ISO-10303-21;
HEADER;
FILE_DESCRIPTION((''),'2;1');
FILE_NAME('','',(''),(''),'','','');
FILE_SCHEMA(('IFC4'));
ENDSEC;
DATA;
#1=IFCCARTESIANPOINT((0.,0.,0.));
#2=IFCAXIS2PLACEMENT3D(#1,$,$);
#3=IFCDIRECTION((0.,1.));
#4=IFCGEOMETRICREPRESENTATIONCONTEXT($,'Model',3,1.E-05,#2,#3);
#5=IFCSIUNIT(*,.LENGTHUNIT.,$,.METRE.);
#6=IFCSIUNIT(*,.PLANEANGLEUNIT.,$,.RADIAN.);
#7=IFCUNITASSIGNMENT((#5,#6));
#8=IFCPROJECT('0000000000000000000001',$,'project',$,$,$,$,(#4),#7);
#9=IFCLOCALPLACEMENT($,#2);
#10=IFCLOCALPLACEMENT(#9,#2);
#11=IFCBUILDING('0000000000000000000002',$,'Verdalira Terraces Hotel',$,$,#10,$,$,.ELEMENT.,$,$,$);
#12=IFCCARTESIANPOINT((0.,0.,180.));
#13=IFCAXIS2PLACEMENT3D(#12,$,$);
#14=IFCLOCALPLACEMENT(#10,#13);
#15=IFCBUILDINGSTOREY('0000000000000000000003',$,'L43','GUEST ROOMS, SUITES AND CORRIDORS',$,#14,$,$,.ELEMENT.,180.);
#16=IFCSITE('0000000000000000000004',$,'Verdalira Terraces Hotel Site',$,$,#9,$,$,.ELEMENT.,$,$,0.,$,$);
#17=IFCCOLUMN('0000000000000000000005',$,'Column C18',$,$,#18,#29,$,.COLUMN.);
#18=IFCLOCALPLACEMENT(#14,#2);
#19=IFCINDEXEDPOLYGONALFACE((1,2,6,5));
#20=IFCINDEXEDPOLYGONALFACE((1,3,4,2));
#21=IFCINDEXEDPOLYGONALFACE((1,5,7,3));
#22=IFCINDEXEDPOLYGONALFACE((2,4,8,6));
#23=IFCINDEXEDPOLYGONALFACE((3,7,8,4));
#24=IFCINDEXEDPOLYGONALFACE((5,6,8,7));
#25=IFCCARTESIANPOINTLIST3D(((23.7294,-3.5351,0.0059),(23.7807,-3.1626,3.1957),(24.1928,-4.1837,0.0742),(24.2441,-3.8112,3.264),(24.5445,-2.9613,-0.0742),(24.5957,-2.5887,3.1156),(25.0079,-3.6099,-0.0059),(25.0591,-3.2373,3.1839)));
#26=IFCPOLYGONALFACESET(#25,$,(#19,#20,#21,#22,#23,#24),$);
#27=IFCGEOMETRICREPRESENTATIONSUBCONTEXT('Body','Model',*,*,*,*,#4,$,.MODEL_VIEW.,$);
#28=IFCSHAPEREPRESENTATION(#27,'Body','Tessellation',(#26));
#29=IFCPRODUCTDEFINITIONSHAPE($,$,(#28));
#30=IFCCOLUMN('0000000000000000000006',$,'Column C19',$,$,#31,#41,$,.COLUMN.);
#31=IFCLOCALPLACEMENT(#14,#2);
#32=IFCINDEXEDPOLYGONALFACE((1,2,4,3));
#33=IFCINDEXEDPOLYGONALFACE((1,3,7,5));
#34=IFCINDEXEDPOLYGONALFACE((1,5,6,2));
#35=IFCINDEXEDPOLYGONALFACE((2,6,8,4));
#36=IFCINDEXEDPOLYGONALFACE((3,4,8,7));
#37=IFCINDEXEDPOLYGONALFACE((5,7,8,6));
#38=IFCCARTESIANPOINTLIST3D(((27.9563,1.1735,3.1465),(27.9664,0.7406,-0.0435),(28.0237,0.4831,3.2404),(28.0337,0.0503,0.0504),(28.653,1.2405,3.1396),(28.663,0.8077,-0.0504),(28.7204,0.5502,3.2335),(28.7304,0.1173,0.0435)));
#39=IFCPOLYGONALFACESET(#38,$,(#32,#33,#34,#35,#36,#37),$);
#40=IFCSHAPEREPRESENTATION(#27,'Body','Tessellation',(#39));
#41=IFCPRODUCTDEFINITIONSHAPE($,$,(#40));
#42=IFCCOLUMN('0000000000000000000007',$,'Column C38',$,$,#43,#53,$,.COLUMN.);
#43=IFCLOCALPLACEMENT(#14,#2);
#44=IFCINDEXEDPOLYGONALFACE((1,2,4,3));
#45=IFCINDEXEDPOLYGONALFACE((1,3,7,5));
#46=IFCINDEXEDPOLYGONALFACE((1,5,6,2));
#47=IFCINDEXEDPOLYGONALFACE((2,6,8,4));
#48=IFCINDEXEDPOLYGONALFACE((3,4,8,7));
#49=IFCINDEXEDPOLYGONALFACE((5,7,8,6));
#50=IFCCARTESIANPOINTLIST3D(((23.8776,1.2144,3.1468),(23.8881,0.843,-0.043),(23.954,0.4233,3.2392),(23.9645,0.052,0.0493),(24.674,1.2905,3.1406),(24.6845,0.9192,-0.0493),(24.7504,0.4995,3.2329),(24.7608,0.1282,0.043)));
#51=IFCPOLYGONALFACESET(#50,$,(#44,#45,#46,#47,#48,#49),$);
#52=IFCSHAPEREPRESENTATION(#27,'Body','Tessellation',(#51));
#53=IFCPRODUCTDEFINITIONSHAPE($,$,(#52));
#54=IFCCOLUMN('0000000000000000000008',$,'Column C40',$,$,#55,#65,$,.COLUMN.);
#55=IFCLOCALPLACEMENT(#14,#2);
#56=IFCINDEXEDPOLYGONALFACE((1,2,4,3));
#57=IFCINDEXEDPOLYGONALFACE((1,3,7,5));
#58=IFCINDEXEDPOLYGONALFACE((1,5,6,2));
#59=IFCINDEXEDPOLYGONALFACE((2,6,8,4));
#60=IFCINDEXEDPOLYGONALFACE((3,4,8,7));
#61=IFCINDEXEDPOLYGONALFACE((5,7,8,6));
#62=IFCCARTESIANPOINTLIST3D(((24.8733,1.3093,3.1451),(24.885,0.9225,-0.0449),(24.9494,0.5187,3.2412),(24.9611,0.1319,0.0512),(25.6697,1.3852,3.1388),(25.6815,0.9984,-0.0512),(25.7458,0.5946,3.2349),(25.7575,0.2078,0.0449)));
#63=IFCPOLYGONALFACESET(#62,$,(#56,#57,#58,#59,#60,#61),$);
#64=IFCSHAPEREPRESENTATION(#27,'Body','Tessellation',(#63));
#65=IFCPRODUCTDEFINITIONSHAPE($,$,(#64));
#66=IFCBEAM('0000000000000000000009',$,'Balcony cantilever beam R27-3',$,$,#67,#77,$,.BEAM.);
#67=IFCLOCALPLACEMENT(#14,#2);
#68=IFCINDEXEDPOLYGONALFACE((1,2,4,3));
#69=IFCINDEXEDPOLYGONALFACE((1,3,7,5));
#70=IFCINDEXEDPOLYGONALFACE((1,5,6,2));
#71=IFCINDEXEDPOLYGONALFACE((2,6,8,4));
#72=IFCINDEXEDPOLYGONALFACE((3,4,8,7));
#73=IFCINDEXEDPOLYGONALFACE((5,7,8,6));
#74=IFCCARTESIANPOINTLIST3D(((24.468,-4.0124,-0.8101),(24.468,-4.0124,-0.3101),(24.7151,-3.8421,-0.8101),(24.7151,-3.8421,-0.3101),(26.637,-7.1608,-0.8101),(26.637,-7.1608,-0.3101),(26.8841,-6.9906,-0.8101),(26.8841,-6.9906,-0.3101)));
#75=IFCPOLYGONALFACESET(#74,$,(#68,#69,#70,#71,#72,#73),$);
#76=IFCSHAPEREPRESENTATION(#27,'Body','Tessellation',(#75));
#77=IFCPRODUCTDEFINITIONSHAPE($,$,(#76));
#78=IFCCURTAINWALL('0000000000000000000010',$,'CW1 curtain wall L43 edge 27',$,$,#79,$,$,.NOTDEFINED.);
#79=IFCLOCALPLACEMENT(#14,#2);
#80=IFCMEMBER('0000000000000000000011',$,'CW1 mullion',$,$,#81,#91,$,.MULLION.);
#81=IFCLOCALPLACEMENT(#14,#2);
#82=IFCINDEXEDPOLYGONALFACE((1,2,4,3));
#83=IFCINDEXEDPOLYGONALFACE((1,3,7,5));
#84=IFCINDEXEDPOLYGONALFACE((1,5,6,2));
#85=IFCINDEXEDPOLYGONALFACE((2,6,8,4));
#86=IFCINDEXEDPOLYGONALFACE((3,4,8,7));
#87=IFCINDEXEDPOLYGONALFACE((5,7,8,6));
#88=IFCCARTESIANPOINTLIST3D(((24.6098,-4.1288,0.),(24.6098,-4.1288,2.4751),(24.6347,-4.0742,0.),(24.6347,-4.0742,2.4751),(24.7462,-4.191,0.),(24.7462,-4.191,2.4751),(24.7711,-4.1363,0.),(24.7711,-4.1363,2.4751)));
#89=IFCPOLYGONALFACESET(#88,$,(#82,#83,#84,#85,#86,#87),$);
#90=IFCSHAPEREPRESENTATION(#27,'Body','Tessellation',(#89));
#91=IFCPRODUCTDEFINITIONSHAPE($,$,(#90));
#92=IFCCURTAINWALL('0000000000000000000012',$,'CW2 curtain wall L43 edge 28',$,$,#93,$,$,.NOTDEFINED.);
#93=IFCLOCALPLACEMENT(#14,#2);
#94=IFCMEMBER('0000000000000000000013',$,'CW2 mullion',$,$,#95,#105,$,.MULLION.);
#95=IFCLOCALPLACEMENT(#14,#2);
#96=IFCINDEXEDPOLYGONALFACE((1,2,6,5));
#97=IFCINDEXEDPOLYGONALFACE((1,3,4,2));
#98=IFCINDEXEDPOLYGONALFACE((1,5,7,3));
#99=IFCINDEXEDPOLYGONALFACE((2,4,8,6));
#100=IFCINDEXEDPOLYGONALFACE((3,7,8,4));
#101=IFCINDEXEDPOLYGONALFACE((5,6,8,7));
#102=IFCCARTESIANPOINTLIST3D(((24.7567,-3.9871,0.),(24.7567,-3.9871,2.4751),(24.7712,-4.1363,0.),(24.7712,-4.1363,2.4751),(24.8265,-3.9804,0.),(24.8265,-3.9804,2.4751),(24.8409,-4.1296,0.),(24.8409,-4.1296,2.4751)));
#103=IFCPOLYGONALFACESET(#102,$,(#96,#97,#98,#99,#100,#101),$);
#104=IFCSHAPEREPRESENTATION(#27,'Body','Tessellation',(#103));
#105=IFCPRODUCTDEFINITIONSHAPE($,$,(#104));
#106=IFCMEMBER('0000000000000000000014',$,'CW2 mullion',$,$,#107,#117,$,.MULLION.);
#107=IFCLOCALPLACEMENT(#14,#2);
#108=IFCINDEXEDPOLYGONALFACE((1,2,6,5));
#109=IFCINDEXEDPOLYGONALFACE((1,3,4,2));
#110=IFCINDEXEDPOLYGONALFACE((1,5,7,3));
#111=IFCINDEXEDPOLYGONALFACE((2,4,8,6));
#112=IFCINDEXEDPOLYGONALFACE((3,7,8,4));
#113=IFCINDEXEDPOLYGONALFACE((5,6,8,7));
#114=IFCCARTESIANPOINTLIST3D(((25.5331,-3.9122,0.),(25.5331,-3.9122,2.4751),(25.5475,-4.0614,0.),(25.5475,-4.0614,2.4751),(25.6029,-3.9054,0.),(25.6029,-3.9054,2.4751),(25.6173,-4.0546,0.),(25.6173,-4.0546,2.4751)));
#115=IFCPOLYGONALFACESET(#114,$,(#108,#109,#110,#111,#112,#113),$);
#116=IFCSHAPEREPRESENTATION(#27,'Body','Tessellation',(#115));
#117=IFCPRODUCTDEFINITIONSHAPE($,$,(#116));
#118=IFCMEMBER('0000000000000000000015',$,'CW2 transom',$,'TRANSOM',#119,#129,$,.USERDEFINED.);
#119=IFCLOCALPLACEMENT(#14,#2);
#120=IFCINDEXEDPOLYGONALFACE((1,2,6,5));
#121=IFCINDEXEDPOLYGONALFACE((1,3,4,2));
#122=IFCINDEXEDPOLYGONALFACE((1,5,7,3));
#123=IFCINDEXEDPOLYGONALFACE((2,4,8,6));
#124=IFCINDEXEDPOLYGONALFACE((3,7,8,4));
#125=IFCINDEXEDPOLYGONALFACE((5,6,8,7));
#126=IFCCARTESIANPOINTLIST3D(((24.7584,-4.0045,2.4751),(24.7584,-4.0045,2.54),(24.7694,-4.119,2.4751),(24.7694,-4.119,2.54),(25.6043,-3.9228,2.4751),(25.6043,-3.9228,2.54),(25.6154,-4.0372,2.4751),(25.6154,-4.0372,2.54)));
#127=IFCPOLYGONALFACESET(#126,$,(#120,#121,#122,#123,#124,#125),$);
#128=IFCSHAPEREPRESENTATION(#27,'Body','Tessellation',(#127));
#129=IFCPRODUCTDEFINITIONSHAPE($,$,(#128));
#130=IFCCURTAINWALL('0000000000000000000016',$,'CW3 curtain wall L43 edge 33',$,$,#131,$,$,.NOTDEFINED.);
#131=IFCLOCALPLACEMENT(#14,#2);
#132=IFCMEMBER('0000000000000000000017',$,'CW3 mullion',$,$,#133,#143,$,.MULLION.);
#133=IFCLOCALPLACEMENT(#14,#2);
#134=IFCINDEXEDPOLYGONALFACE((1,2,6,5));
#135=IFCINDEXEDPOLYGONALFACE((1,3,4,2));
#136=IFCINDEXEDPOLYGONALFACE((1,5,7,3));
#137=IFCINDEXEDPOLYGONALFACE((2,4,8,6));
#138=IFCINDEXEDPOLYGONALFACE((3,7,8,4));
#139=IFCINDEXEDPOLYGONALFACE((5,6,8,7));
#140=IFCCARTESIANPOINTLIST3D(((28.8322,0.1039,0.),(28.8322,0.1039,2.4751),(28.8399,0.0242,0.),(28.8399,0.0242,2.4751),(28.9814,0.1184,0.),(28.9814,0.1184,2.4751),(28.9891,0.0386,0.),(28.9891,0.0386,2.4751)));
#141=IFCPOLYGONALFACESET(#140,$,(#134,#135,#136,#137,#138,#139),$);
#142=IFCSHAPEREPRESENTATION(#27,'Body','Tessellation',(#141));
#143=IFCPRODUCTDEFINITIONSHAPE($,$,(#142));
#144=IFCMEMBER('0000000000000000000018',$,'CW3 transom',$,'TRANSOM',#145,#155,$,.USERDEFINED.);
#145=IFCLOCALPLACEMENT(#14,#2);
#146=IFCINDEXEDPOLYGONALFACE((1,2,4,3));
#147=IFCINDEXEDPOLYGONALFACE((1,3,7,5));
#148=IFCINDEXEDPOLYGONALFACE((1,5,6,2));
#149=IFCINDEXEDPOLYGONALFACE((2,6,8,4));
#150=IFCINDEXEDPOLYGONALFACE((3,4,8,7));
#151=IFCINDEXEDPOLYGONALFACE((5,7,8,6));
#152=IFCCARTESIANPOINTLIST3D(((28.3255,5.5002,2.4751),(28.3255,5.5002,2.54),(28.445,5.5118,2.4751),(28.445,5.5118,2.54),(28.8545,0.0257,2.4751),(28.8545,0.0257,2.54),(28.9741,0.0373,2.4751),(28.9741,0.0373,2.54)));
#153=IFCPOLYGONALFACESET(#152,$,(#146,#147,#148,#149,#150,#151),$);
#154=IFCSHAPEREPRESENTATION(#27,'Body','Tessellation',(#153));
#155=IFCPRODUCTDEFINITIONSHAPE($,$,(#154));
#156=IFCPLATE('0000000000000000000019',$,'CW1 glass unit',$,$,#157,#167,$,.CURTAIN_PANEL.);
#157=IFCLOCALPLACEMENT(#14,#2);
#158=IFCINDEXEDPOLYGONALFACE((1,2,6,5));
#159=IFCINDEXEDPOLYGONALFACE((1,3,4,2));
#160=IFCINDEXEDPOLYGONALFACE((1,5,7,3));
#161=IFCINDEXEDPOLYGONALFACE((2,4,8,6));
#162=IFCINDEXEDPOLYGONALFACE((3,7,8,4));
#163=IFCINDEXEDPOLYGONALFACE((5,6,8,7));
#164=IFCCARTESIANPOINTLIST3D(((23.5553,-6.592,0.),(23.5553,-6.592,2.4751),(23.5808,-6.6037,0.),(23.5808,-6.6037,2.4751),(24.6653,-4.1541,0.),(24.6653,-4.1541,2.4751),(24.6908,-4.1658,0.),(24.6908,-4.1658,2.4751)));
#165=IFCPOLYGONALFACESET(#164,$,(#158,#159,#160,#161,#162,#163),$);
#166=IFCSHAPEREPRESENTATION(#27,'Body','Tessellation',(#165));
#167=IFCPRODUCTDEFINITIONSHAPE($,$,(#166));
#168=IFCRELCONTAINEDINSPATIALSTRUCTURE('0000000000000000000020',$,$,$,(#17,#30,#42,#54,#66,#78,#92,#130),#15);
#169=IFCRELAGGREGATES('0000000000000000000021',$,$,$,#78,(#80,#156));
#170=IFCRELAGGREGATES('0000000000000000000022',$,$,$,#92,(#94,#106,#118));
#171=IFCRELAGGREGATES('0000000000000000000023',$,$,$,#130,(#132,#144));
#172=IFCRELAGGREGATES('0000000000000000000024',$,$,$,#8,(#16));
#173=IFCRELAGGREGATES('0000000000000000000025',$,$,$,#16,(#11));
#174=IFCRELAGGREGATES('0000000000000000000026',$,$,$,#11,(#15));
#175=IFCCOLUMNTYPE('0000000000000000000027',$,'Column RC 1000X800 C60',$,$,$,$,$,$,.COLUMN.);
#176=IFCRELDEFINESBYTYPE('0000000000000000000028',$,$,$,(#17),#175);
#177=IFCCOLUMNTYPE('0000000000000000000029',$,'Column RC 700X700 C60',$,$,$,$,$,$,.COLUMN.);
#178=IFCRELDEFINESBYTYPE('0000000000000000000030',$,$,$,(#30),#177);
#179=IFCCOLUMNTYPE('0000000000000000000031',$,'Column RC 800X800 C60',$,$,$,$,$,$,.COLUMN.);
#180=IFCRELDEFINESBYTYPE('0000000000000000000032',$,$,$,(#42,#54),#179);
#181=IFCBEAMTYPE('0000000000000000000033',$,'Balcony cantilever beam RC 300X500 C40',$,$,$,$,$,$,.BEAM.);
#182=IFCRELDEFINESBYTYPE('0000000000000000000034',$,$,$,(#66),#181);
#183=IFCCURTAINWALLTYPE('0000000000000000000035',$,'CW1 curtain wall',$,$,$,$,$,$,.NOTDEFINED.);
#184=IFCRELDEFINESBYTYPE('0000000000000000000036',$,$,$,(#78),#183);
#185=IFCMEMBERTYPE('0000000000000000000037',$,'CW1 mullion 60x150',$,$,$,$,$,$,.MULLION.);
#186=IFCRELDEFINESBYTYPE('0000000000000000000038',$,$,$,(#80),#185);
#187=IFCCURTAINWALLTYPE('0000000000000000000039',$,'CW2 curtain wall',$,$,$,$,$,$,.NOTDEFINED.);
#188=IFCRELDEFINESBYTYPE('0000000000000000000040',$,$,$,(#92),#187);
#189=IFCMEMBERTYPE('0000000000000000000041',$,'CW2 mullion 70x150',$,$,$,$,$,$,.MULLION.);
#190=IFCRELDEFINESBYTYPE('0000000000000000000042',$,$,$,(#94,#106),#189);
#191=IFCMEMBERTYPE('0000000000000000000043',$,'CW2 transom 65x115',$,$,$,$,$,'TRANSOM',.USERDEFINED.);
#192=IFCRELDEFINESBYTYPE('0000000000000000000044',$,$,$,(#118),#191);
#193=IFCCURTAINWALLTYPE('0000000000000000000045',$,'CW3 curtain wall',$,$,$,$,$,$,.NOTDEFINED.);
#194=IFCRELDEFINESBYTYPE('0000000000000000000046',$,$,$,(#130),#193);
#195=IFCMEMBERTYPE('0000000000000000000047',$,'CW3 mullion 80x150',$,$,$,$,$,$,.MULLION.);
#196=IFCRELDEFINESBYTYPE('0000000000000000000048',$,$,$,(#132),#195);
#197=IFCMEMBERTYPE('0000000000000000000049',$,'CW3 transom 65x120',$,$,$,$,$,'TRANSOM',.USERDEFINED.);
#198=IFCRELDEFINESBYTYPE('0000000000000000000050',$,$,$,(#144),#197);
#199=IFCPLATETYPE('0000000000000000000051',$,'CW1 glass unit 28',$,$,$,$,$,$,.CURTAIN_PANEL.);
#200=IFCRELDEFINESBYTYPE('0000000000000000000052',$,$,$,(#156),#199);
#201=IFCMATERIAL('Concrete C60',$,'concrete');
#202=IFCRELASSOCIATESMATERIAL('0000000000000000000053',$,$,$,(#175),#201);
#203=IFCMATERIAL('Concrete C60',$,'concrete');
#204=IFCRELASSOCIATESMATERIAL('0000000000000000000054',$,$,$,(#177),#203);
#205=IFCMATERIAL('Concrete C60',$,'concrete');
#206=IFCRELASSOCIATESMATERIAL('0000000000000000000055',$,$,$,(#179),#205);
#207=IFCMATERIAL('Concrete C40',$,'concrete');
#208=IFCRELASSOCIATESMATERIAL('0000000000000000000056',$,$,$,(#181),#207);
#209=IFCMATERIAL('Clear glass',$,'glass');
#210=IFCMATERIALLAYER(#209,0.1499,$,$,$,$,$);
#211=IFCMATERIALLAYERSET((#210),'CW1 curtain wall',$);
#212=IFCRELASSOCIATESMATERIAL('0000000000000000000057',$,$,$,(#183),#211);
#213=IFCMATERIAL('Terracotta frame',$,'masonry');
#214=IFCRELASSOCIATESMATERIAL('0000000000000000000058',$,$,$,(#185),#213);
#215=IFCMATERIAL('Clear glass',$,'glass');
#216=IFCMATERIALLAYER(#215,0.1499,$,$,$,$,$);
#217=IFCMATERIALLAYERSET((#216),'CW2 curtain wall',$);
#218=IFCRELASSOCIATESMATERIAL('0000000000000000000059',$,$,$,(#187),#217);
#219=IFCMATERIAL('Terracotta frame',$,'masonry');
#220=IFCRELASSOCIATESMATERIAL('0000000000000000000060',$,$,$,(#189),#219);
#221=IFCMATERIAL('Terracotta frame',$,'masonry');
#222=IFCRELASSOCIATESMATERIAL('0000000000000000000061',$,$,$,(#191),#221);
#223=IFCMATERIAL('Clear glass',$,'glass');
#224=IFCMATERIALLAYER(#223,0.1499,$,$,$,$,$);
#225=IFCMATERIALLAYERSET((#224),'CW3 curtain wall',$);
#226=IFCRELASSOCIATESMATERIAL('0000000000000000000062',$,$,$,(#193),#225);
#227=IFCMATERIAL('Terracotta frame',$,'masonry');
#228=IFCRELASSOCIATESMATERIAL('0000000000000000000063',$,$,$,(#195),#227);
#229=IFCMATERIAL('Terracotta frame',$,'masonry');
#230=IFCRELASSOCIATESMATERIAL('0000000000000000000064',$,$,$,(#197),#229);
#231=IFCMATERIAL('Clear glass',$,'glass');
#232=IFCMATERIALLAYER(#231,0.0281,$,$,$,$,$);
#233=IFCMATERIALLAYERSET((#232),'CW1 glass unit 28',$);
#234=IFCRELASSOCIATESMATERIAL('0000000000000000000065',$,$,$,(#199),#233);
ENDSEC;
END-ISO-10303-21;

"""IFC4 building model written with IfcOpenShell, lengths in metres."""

from ifc_helpers import new_model, si_unit, direction, frame, origin, origin_2d, place, context, subcontext, project, spatial, rectangle, extrude, material, layer, layer_set, material_profile, profile_set, type_object, element, aggregate, save


model = new_model("IFC4")

# Units and contexts
model_context = context("Model", 3, precision=1e-05, world=origin(), true_north=direction((0.0, 1.0)))
body_context = subcontext(model_context, "Body", "Model", "MODEL_VIEW")
ifc_project = project(units=[si_unit("LENGTHUNIT", "METRE"), si_unit("PLANEANGLEUNIT", "RADIAN")], contexts=[model_context])

# Site, building, storey
site_placement = place(None, origin())
site = spatial("IfcSite", under=ifc_project, at=site_placement, Name="Verdalira Terraces Hotel Site", CompositionType="ELEMENT", RefElevation=0.0)
building_placement = place(site_placement, origin())
building = spatial("IfcBuilding", under=site, at=building_placement, Name="Verdalira Terraces Hotel", CompositionType="ELEMENT")
storey_placement = place(building_placement, frame((0.0, 0.0, 180.0)))
storey = spatial("IfcBuildingStorey", under=building, at=storey_placement, Name="L43", Description="GUEST ROOMS, SUITES AND CORRIDORS", CompositionType="ELEMENT", Elevation=180.0)

# Columns
ifc_material_1 = material(Name="Concrete C60", Category="concrete")
ifc_material_profile_1 = material_profile(ifc_material_1, rectangle(XDim=1.0, YDim=0.8, at=origin_2d()), Name="RC 1000X800")
ifc_profile_set_1 = profile_set([ifc_material_profile_1], Name="Concrete C60")
column_type_1 = type_object("IfcColumnType", Name="Column RC 1000X800 C60", PredefinedType="COLUMN", material=ifc_profile_set_1)
column_1_placement = place(storey_placement, frame((24.3687, -3.5725, 0.0), z_axis=(0.015962, 0.115988, 0.993122), x_axis=(-0.815018, -0.57387, 0.080122)))
element("IfcColumn", 1, at=column_1_placement, inside=storey, type_object=column_type_1, Name="Column C18", PredefinedType="COLUMN", context=body_context, shape_type="SweptSolid", body=[
    extrude(rectangle(XDim=1.0, YDim=0.8, at=origin_2d()), origin(), (0.0, 0.0, 1.0), 3.2119),
])
ifc_material_2 = material(Name="Concrete C60", Category="concrete")
ifc_material_profile_2 = material_profile(ifc_material_2, rectangle(XDim=0.7, YDim=0.7, at=origin_2d()), Name="RC 700X700")
ifc_profile_set_2 = profile_set([ifc_material_profile_2], Name="Concrete C60")
column_type_2 = type_object("IfcColumnType", Name="Column RC 700X700 C60", PredefinedType="COLUMN", material=ifc_profile_set_2)
column_2_placement = place(storey_placement, frame((28.3484, 0.429, 0.0), z_axis=(-0.003109, 0.134463, 0.990914), x_axis=(-0.096262, 0.986276, -0.134136)))
element("IfcColumn", 2, at=column_2_placement, inside=storey, type_object=column_type_2, Name="Column C19", PredefinedType="COLUMN", context=body_context, shape_type="SweptSolid", body=[
    extrude(rectangle(XDim=0.7, YDim=0.7, at=origin_2d()), origin(), (0.0, 0.0, 1.0), 3.2192),
])
ifc_material_3 = material(Name="Concrete C60", Category="concrete")
ifc_material_profile_3 = material_profile(ifc_material_3, rectangle(XDim=0.8, YDim=0.8, at=origin_2d()), Name="RC 800X800")
ifc_profile_set_3 = profile_set([ifc_material_profile_3], Name="Concrete C60")
column_type_3 = type_object("IfcColumnType", Name="Column RC 800X800 C60", PredefinedType="COLUMN", material=ifc_profile_set_3)
column_3_placement = place(storey_placement, frame((24.3245, 0.4856, 0.0), z_axis=(-0.003269, 0.115628, 0.993287), x_axis=(0.995427, 0.09521, -0.007807)))
element("IfcColumn", 3, at=column_3_placement, inside=storey, type_object=column_type_3, Name="Column C38", PredefinedType="COLUMN", context=body_context, shape_type="SweptSolid", body=[
    extrude(rectangle(XDim=0.8, YDim=0.8, at=origin_2d()), origin(), (0.0, 0.0, 1.0), 3.2114),
])
column_4_placement = place(storey_placement, frame((25.3213, 0.5652, 0.0), z_axis=(-0.003647, 0.120349, 0.992725), x_axis=(0.995461, 0.094848, -0.007841)))
element("IfcColumn", 4, at=column_4_placement, inside=storey, type_object=column_type_3, Name="Column C40", PredefinedType="COLUMN", context=body_context, shape_type="SweptSolid", body=[
    extrude(rectangle(XDim=0.8, YDim=0.8, at=origin_2d()), origin(), (0.0, 0.0, 1.0), 3.2134),
])

# Beam
ifc_material_4 = material(Name="Concrete C40", Category="concrete")
ifc_material_profile_4 = material_profile(ifc_material_4, rectangle(XDim=0.3, YDim=0.5, at=origin_2d()), Name="RC 300X500")
ifc_profile_set_4 = profile_set([ifc_material_profile_4], Name="Concrete C40")
beam_type = type_object("IfcBeamType", Name="Balcony cantilever beam RC 300X500 C40", PredefinedType="BEAM", material=ifc_profile_set_4)
beam_placement = place(storey_placement, frame((24.5916, -3.9272, -0.5601), z_axis=(0.567309, -0.823505, 0.0), x_axis=(0.823505, 0.567309, 0.0)))
element("IfcBeam", 5, at=beam_placement, inside=storey, type_object=beam_type, Name="Balcony cantilever beam R27-3", PredefinedType="BEAM", context=body_context, shape_type="SweptSolid", body=[
    extrude(rectangle(XDim=0.3, YDim=0.5, at=origin_2d()), origin(), (0.0, 0.0, 1.0), 3.8232),
])

# Curtain wall, member
ifc_material_5 = material(Name="Clear glass", Category="glass")
ifc_layer_1 = layer(ifc_material_5, 0.1499)
ifc_layer_set_1 = layer_set([ifc_layer_1], Name="CW1 curtain wall")
curtain_wall_type_1 = type_object("IfcCurtainWallType", Name="CW1 curtain wall", PredefinedType="NOTDEFINED", material=ifc_layer_set_1)
curtain_wall_1_placement = place(storey_placement, origin())
curtain_wall_1 = element("IfcCurtainWall", 6, at=curtain_wall_1_placement, inside=storey, type_object=curtain_wall_type_1, Name="CW1 curtain wall L43 edge 27", PredefinedType="NOTDEFINED")
ifc_material_6 = material(Name="Terracotta frame", Category="masonry")
ifc_material_profile_5 = material_profile(ifc_material_6, rectangle(XDim=0.0601, YDim=0.1499, at=origin_2d()), Name="MU 60x150")
ifc_profile_set_5 = profile_set([ifc_material_profile_5], Name="Terracotta frame")
member_type_1 = type_object("IfcMemberType", Name="CW1 mullion 60x150", PredefinedType="MULLION", material=ifc_profile_set_5)
member_1_placement = place(storey_placement, frame((24.6904, -4.1326, 0.0), z_axis=(0.0, 0.0, 1.0), x_axis=(0.414376, 0.910106, 0.0)))
member_1 = element("IfcMember", 7, at=member_1_placement, type_object=member_type_1, Name="CW1 mullion", PredefinedType="MULLION", context=body_context, shape_type="SweptSolid", body=[
    extrude(rectangle(XDim=0.0601, YDim=0.1499, at=origin_2d()), origin(), (0.0, 0.0, 1.0), 2.4751),
])

# Curtain walls, members
ifc_material_7 = material(Name="Clear glass", Category="glass")
ifc_layer_2 = layer(ifc_material_7, 0.1499)
ifc_layer_set_2 = layer_set([ifc_layer_2], Name="CW2 curtain wall")
curtain_wall_type_2 = type_object("IfcCurtainWallType", Name="CW2 curtain wall", PredefinedType="NOTDEFINED", material=ifc_layer_set_2)
curtain_wall_2_placement = place(storey_placement, origin())
curtain_wall_2 = element("IfcCurtainWall", 8, at=curtain_wall_2_placement, inside=storey, type_object=curtain_wall_type_2, Name="CW2 curtain wall L43 edge 28", PredefinedType="NOTDEFINED")
ifc_material_8 = material(Name="Terracotta frame", Category="masonry")
ifc_material_profile_6 = material_profile(ifc_material_8, rectangle(XDim=0.0701, YDim=0.1499, at=origin_2d()), Name="MU 70x150")
ifc_profile_set_6 = profile_set([ifc_material_profile_6], Name="Terracotta frame")
member_type_2 = type_object("IfcMemberType", Name="CW2 mullion 70x150", PredefinedType="MULLION", material=ifc_profile_set_6)
member_2_placement = place(storey_placement, frame((24.7988, -4.0583, 0.0), z_axis=(0.0, 0.0, 1.0), x_axis=(0.995363, 0.096193, 0.0)))
member_2 = element("IfcMember", 9, at=member_2_placement, type_object=member_type_2, Name="CW2 mullion", PredefinedType="MULLION", context=body_context, shape_type="SweptSolid", body=[
    extrude(rectangle(XDim=0.0701, YDim=0.1499, at=origin_2d()), origin(), (0.0, 0.0, 1.0), 2.4751),
])
member_3_placement = place(storey_placement, frame((25.5752, -3.9834, 0.0), z_axis=(0.0, 0.0, 1.0), x_axis=(0.995363, 0.096193, 0.0)))
member_3 = element("IfcMember", 10, at=member_3_placement, type_object=member_type_2, Name="CW2 mullion", PredefinedType="MULLION", context=body_context, shape_type="SweptSolid", body=[
    extrude(rectangle(XDim=0.0701, YDim=0.1499, at=origin_2d()), origin(), (0.0, 0.0, 1.0), 2.4751),
])
ifc_material_9 = material(Name="Terracotta frame", Category="masonry")
ifc_material_profile_7 = material_profile(ifc_material_9, rectangle(XDim=0.115, YDim=0.0649, at=origin_2d()), Name="TR 65x115")
ifc_profile_set_7 = profile_set([ifc_material_profile_7], Name="Terracotta frame")
member_type_3 = type_object("IfcMemberType", Name="CW2 transom 65x115", ElementType="TRANSOM", PredefinedType="USERDEFINED", material=ifc_profile_set_7)
member_4_placement = place(storey_placement, frame((24.7639, -4.0618, 2.5076), z_axis=(0.995359, 0.096232, 0.0), x_axis=(-0.096232, 0.995359, 0.0)))
member_4 = element("IfcMember", 11, at=member_4_placement, type_object=member_type_3, Name="CW2 transom", ObjectType="TRANSOM", PredefinedType="USERDEFINED", context=body_context, shape_type="SweptSolid", body=[
    extrude(rectangle(XDim=0.115, YDim=0.0649, at=origin_2d()), origin(), (0.0, 0.0, 1.0), 0.8499),
])
ifc_material_10 = material(Name="Clear glass", Category="glass")
ifc_layer_3 = layer(ifc_material_10, 0.1499)
ifc_layer_set_3 = layer_set([ifc_layer_3], Name="CW3 curtain wall")
curtain_wall_type_3 = type_object("IfcCurtainWallType", Name="CW3 curtain wall", PredefinedType="NOTDEFINED", material=ifc_layer_set_3)
curtain_wall_3_placement = place(storey_placement, origin())
curtain_wall_3 = element("IfcCurtainWall", 12, at=curtain_wall_3_placement, inside=storey, type_object=curtain_wall_type_3, Name="CW3 curtain wall L43 edge 33", PredefinedType="NOTDEFINED")
ifc_material_11 = material(Name="Terracotta frame", Category="masonry")
ifc_material_profile_8 = material_profile(ifc_material_11, rectangle(XDim=0.0801, YDim=0.1499, at=origin_2d()), Name="MU 80x150")
ifc_profile_set_8 = profile_set([ifc_material_profile_8], Name="Terracotta frame")
member_type_4 = type_object("IfcMemberType", Name="CW3 mullion 80x150", PredefinedType="MULLION", material=ifc_profile_set_8)
member_5_placement = place(storey_placement, frame((28.9106, 0.0713, 0.0), z_axis=(0.0, 0.0, 1.0), x_axis=(-0.096193, 0.995363, 0.0)))
member_5 = element("IfcMember", 13, at=member_5_placement, type_object=member_type_4, Name="CW3 mullion", PredefinedType="MULLION", context=body_context, shape_type="SweptSolid", body=[
    extrude(rectangle(XDim=0.0801, YDim=0.1499, at=origin_2d()), origin(), (0.0, 0.0, 1.0), 2.4751),
])
ifc_material_12 = material(Name="Terracotta frame", Category="masonry")
ifc_material_profile_9 = material_profile(ifc_material_12, rectangle(XDim=0.1201, YDim=0.0649, at=origin_2d()), Name="TR 65x120")
ifc_profile_set_9 = profile_set([ifc_material_profile_9], Name="Terracotta frame")
member_type_5 = type_object("IfcMemberType", Name="CW3 transom 65x120", ElementType="TRANSOM", PredefinedType="USERDEFINED", material=ifc_profile_set_9)
member_6_placement = place(storey_placement, frame((28.9143, 0.0315, 2.5076), z_axis=(-0.096189, 0.995363, 0.0), x_axis=(-0.995363, -0.096189, 0.0)))
member_6 = element("IfcMember", 14, at=member_6_placement, type_object=member_type_5, Name="CW3 transom", ObjectType="TRANSOM", PredefinedType="USERDEFINED", context=body_context, shape_type="SweptSolid", body=[
    extrude(rectangle(XDim=0.1201, YDim=0.0649, at=origin_2d()), origin(), (0.0, 0.0, 1.0), 5.5),
])

# Plate
ifc_material_13 = material(Name="Clear glass", Category="glass")
ifc_layer_4 = layer(ifc_material_13, 0.0281)
ifc_layer_set_4 = layer_set([ifc_layer_4], Name="CW1 glass unit 28")
plate_type_1 = type_object("IfcPlateType", Name="CW1 glass unit 28", PredefinedType="CURTAIN_PANEL", material=ifc_layer_set_4)
plate_1_placement = place(storey_placement, frame((24.123, -5.3789, 0.0), z_axis=(0.0, 0.0, 1.0), x_axis=(0.414376, 0.910106, 0.0)))
plate_1 = element("IfcPlate", 15, at=plate_1_placement, type_object=plate_type_1, Name="CW1 glass unit", PredefinedType="CURTAIN_PANEL", context=body_context, shape_type="SweptSolid", body=[
    extrude(rectangle(XDim=2.6787, YDim=0.0281, at=origin_2d()), origin(), (0.0, 0.0, 1.0), 2.4751),
])
aggregate(curtain_wall_1, [member_1, plate_1])
aggregate(curtain_wall_2, [member_2, member_3, member_4])
aggregate(curtain_wall_3, [member_5, member_6])

save(model, "model.ifc")
